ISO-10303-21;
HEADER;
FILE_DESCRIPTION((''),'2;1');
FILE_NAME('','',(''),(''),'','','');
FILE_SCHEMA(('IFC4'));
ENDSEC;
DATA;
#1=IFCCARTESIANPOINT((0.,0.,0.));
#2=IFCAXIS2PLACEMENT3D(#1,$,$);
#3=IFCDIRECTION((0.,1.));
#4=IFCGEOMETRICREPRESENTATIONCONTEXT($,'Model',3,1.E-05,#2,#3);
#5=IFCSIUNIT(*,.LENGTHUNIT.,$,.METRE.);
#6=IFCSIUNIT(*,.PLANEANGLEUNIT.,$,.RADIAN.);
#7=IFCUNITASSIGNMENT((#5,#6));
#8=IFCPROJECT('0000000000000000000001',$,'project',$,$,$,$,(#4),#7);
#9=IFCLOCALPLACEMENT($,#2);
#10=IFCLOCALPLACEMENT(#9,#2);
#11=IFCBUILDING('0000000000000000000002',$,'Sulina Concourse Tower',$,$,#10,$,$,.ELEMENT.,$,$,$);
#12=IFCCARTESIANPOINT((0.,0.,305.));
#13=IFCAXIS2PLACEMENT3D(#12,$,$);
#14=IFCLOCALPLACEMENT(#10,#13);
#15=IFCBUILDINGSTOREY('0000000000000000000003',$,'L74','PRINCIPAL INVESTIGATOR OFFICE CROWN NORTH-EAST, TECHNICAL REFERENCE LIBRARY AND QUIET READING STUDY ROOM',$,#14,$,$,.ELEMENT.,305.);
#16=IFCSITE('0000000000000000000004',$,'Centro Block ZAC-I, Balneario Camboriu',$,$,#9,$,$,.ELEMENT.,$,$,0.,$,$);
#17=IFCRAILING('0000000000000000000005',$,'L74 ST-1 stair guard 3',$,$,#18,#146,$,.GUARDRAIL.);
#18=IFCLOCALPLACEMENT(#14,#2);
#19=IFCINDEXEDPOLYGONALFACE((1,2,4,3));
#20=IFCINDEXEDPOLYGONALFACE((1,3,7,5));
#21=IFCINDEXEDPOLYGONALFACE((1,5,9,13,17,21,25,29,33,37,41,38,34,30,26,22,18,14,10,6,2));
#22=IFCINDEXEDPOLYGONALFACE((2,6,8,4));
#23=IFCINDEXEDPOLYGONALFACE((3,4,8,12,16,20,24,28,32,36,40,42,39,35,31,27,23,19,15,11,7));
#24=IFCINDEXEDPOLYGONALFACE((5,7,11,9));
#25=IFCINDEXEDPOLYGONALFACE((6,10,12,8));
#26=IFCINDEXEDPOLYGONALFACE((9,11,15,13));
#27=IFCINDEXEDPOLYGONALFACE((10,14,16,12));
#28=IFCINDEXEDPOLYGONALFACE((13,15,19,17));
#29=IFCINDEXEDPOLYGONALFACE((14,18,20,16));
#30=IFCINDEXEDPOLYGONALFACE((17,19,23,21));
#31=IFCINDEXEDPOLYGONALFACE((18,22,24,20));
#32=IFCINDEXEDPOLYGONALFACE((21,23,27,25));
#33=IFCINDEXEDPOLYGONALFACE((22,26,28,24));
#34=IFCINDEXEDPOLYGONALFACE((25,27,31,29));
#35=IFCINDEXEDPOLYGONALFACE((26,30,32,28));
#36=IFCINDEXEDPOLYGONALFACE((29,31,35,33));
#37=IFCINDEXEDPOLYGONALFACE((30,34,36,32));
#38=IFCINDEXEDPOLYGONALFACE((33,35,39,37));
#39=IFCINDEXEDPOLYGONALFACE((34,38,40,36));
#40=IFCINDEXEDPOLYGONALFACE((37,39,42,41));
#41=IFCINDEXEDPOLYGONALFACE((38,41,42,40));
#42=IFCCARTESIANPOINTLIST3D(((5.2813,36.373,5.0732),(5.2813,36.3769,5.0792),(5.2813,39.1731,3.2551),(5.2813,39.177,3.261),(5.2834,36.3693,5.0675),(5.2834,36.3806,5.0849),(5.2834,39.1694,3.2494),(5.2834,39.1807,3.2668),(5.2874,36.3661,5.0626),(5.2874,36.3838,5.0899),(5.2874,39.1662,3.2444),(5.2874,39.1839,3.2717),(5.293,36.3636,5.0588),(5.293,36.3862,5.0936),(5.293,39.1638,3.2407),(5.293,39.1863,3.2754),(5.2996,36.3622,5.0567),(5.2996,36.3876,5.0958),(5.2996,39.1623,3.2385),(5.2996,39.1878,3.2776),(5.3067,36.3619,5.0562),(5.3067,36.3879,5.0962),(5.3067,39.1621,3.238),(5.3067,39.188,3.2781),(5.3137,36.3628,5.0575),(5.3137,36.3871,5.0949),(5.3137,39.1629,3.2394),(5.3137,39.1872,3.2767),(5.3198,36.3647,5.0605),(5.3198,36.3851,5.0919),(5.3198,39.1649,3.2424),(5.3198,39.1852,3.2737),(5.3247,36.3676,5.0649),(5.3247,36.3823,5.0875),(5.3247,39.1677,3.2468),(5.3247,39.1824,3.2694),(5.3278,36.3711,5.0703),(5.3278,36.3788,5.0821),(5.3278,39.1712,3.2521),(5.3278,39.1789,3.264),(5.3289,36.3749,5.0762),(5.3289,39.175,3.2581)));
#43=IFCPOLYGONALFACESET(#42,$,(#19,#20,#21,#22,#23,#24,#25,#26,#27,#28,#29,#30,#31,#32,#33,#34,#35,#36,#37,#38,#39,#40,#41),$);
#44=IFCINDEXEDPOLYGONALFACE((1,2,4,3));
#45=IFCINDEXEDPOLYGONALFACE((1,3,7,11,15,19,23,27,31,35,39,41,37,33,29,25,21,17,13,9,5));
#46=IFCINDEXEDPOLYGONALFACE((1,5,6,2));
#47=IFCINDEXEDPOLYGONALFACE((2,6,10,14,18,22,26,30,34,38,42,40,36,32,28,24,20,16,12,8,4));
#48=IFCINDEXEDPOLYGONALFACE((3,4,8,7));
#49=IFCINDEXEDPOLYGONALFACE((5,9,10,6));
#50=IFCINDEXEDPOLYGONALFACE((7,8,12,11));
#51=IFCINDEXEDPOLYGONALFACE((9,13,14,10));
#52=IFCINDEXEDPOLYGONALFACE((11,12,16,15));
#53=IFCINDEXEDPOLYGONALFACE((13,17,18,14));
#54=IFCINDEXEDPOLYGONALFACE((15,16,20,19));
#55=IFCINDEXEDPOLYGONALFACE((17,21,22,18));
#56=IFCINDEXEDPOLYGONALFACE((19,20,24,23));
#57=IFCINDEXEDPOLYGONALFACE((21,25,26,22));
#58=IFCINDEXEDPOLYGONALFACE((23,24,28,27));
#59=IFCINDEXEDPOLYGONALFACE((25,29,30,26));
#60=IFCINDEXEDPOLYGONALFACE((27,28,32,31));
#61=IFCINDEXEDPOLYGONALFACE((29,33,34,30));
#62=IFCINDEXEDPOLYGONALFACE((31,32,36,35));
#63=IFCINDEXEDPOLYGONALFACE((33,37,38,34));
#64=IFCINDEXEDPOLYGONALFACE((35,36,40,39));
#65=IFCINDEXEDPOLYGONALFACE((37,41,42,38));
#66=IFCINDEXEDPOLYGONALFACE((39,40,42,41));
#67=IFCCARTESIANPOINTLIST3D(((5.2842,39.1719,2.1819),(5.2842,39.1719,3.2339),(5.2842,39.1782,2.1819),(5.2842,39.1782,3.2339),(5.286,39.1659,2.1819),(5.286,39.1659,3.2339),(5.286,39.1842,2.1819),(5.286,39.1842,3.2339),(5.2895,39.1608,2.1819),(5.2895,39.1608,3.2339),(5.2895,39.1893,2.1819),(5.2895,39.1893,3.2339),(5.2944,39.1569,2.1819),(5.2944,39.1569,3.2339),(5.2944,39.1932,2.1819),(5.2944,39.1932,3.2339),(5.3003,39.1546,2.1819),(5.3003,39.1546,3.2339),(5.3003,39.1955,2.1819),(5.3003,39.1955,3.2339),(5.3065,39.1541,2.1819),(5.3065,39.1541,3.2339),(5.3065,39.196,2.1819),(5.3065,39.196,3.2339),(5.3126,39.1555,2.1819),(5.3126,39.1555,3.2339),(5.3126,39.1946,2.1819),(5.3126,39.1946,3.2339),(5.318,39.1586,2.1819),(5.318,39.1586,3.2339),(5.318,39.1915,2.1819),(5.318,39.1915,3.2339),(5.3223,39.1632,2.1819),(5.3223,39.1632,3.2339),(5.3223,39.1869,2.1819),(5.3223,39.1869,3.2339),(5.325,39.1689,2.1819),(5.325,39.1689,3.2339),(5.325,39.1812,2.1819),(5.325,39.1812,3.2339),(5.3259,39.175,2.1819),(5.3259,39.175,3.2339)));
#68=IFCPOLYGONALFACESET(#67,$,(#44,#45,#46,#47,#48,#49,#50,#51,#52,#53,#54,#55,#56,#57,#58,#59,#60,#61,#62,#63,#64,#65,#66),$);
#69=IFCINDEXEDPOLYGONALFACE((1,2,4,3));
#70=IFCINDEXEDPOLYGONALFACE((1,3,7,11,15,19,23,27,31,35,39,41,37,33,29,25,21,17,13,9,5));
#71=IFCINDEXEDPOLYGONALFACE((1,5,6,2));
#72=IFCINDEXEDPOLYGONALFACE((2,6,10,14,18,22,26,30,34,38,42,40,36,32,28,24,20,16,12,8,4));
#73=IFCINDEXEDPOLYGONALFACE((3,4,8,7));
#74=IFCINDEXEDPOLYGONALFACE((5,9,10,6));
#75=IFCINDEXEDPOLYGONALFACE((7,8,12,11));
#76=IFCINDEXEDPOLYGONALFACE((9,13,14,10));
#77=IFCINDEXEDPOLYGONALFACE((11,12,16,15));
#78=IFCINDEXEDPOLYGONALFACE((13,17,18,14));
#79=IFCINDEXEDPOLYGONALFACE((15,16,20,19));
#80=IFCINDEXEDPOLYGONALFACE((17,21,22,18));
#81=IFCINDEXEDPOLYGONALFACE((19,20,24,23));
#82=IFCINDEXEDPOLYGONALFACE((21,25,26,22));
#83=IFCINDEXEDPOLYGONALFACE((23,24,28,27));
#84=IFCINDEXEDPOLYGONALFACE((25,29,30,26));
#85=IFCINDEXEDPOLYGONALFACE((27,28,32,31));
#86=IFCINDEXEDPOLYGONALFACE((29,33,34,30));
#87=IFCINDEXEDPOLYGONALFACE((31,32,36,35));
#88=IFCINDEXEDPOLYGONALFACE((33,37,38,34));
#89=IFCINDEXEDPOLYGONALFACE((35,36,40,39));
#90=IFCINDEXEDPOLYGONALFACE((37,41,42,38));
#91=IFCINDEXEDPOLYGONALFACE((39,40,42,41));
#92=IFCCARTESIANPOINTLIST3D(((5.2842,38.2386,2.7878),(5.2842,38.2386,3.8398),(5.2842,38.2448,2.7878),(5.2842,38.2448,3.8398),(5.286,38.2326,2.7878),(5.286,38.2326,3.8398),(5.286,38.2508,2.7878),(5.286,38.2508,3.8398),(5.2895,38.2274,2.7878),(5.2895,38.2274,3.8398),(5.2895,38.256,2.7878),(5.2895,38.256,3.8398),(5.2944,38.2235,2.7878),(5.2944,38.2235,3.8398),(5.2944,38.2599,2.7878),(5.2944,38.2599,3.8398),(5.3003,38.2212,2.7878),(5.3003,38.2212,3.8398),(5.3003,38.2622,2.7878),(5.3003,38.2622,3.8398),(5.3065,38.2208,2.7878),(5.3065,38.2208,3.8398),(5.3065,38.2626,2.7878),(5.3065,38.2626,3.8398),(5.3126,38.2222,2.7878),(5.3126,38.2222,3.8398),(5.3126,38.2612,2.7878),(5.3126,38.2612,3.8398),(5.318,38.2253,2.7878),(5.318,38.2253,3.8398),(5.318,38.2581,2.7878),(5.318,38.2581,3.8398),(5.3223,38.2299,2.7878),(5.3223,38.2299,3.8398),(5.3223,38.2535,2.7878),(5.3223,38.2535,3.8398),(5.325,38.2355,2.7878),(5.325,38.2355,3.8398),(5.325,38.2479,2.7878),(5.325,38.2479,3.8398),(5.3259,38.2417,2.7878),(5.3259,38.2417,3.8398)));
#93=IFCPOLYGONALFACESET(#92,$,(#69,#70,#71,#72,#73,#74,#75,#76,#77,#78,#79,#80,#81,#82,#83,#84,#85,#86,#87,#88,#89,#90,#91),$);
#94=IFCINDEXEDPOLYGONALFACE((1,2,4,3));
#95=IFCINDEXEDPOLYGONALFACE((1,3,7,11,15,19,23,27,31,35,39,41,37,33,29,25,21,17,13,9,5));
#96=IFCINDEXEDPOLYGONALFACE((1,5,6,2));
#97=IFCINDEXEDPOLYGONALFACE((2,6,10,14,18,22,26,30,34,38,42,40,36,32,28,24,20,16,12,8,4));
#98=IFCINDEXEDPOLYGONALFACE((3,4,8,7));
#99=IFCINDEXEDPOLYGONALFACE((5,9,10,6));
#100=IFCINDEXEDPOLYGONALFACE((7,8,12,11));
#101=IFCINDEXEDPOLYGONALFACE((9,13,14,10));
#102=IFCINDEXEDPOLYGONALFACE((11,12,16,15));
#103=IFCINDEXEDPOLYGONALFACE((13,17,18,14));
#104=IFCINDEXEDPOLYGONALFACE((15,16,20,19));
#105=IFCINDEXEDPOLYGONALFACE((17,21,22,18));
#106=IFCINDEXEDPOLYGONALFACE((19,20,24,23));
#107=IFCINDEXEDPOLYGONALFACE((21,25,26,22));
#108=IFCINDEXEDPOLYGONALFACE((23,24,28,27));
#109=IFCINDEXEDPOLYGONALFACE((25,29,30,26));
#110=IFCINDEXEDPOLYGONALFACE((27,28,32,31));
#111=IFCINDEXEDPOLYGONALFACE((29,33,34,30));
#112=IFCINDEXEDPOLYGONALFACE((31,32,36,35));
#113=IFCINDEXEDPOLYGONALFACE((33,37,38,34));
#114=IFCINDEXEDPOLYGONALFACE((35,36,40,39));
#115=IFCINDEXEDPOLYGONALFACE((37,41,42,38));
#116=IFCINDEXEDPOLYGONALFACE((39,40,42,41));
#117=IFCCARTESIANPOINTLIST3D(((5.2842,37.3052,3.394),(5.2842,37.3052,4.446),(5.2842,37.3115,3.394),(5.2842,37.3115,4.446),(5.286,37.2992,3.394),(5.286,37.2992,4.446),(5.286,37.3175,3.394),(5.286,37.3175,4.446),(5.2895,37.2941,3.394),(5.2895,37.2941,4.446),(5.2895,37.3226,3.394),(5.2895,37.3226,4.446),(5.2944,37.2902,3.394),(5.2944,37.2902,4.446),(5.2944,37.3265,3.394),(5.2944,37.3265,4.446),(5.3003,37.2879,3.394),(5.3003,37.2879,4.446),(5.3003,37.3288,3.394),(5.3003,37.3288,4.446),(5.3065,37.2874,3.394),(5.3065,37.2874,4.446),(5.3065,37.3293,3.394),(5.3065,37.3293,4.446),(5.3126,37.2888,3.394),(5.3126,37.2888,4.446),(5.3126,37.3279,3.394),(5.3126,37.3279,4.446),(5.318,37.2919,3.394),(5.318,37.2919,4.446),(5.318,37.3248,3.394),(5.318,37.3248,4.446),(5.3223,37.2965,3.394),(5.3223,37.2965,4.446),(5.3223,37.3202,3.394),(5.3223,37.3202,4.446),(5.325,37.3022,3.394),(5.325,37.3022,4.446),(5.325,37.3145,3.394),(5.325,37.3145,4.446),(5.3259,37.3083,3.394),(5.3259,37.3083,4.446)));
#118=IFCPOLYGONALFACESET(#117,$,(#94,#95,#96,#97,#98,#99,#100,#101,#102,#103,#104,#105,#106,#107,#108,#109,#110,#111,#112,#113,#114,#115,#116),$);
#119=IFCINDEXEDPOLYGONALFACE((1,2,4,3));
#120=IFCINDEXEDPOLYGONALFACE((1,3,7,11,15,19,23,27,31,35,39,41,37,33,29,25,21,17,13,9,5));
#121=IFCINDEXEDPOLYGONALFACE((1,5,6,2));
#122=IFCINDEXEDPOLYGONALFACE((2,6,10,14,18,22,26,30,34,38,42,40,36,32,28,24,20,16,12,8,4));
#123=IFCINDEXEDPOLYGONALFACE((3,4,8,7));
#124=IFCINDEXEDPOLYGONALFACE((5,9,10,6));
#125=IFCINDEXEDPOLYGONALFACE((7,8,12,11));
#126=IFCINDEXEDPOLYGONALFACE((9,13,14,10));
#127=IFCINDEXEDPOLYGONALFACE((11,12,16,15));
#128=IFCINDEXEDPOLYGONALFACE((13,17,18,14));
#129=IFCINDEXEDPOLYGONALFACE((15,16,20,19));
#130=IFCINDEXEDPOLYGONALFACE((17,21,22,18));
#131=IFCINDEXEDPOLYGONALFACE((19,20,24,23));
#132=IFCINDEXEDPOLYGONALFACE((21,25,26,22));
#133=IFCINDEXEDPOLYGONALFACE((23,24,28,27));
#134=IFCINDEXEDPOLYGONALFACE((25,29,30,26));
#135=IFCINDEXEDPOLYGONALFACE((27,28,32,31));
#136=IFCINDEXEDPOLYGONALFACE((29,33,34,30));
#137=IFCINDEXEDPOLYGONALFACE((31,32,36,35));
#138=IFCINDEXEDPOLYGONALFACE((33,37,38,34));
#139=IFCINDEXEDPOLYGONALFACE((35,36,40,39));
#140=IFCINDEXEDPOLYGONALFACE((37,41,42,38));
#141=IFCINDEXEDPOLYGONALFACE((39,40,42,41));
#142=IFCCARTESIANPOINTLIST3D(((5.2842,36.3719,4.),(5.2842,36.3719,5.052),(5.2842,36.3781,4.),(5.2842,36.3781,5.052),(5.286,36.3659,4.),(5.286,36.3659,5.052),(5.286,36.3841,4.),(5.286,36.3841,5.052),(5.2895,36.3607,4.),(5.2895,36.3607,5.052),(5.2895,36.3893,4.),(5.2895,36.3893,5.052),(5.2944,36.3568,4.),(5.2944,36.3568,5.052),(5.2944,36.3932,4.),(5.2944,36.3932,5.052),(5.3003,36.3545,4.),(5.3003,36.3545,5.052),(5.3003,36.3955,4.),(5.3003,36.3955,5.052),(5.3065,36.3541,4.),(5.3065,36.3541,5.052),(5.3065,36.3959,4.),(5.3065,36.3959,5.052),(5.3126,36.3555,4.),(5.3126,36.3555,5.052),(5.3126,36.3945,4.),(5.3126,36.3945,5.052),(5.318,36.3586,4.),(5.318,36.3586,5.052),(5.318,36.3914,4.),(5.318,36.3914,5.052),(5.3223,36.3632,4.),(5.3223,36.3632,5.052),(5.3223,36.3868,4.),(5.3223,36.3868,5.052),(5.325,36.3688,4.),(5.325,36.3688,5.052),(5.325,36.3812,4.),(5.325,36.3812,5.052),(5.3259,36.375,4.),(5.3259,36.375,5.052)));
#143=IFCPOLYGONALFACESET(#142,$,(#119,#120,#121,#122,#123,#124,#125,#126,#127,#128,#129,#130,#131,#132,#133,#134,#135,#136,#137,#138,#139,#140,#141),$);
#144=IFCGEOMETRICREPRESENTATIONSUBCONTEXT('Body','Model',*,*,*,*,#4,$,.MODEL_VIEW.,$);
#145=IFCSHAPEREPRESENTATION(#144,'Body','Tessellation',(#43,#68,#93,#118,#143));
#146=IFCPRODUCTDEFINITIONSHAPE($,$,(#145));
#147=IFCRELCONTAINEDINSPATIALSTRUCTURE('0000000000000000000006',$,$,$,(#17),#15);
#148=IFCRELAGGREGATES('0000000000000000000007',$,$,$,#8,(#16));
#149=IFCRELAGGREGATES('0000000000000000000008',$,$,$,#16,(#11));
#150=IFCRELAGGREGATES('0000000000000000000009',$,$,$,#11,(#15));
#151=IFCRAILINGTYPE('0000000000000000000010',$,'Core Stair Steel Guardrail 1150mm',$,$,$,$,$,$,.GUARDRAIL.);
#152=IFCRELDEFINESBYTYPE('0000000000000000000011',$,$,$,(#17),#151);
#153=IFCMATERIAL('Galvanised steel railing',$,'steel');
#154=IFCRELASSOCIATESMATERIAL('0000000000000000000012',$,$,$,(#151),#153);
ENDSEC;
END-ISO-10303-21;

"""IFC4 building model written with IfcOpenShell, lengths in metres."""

from ifc_helpers import new_model, si_unit, direction, frame, origin, origin_2d, place, context, subcontext, project, spatial, circle, extrude, material, type_object, element, save


model = new_model("IFC4")

# Units and contexts
model_context = context("Model", 3, precision=1e-05, world=origin(), true_north=direction((0.0, 1.0)))
body_context = subcontext(model_context, "Body", "Model", "MODEL_VIEW")
ifc_project = project(units=[si_unit("LENGTHUNIT", "METRE"), si_unit("PLANEANGLEUNIT", "RADIAN")], contexts=[model_context])

# Site, building, storey
site_placement = place(None, origin())
site = spatial("IfcSite", under=ifc_project, at=site_placement, Name="Centro Block ZAC-I, Balneario Camboriu", CompositionType="ELEMENT", RefElevation=0.0)
building_placement = place(site_placement, origin())
building = spatial("IfcBuilding", under=site, at=building_placement, Name="Sulina Concourse Tower", CompositionType="ELEMENT")
storey_placement = place(building_placement, frame((0.0, 0.0, 305.0)))
storey = spatial("IfcBuildingStorey", under=building, at=storey_placement, Name="L74", Description="PRINCIPAL INVESTIGATOR OFFICE CROWN NORTH-EAST, TECHNICAL REFERENCE LIBRARY AND QUIET READING STUDY ROOM", CompositionType="ELEMENT", Elevation=305.0)

# Railing
ifc_material_1 = material(Name="Galvanised steel railing", Category="steel")
railing_type_1 = type_object("IfcRailingType", Name="Core Stair Steel Guardrail 1150mm", PredefinedType="GUARDRAIL", material=ifc_material_1)
railing_1_placement = place(storey_placement, frame((5.3049, 39.175, 2.1819)))
element("IfcRailing", 1, at=railing_1_placement, inside=storey, type_object=railing_type_1, Name="L74 ST-1 stair guard 3", PredefinedType="GUARDRAIL", context=body_context, shape_type="SweptSolid", body=[
    extrude(circle(Radius=0.0239, at=origin_2d()), frame((0.0, 0.0, 1.0762), z_axis=(0.0, -0.838706, 0.544585), x_axis=(1.0, 0.0, 0.0)), (0.0, 0.0, 1.0), 3.3386),
    extrude(circle(Radius=0.021, at=origin_2d()), origin(), (0.0, 0.0, 1.0), 1.052),
    extrude(circle(Radius=0.021, at=origin_2d()), frame((0.0, -0.9333, 0.606)), (0.0, 0.0, 1.0), 1.052),
    extrude(circle(Radius=0.021, at=origin_2d()), frame((0.0, -1.8667, 1.2122)), (0.0, 0.0, 1.0), 1.052),
    extrude(circle(Radius=0.021, at=origin_2d()), frame((0.0, -2.8, 1.8181)), (0.0, 0.0, 1.0), 1.052),
])

save(model, "model.ifc")
